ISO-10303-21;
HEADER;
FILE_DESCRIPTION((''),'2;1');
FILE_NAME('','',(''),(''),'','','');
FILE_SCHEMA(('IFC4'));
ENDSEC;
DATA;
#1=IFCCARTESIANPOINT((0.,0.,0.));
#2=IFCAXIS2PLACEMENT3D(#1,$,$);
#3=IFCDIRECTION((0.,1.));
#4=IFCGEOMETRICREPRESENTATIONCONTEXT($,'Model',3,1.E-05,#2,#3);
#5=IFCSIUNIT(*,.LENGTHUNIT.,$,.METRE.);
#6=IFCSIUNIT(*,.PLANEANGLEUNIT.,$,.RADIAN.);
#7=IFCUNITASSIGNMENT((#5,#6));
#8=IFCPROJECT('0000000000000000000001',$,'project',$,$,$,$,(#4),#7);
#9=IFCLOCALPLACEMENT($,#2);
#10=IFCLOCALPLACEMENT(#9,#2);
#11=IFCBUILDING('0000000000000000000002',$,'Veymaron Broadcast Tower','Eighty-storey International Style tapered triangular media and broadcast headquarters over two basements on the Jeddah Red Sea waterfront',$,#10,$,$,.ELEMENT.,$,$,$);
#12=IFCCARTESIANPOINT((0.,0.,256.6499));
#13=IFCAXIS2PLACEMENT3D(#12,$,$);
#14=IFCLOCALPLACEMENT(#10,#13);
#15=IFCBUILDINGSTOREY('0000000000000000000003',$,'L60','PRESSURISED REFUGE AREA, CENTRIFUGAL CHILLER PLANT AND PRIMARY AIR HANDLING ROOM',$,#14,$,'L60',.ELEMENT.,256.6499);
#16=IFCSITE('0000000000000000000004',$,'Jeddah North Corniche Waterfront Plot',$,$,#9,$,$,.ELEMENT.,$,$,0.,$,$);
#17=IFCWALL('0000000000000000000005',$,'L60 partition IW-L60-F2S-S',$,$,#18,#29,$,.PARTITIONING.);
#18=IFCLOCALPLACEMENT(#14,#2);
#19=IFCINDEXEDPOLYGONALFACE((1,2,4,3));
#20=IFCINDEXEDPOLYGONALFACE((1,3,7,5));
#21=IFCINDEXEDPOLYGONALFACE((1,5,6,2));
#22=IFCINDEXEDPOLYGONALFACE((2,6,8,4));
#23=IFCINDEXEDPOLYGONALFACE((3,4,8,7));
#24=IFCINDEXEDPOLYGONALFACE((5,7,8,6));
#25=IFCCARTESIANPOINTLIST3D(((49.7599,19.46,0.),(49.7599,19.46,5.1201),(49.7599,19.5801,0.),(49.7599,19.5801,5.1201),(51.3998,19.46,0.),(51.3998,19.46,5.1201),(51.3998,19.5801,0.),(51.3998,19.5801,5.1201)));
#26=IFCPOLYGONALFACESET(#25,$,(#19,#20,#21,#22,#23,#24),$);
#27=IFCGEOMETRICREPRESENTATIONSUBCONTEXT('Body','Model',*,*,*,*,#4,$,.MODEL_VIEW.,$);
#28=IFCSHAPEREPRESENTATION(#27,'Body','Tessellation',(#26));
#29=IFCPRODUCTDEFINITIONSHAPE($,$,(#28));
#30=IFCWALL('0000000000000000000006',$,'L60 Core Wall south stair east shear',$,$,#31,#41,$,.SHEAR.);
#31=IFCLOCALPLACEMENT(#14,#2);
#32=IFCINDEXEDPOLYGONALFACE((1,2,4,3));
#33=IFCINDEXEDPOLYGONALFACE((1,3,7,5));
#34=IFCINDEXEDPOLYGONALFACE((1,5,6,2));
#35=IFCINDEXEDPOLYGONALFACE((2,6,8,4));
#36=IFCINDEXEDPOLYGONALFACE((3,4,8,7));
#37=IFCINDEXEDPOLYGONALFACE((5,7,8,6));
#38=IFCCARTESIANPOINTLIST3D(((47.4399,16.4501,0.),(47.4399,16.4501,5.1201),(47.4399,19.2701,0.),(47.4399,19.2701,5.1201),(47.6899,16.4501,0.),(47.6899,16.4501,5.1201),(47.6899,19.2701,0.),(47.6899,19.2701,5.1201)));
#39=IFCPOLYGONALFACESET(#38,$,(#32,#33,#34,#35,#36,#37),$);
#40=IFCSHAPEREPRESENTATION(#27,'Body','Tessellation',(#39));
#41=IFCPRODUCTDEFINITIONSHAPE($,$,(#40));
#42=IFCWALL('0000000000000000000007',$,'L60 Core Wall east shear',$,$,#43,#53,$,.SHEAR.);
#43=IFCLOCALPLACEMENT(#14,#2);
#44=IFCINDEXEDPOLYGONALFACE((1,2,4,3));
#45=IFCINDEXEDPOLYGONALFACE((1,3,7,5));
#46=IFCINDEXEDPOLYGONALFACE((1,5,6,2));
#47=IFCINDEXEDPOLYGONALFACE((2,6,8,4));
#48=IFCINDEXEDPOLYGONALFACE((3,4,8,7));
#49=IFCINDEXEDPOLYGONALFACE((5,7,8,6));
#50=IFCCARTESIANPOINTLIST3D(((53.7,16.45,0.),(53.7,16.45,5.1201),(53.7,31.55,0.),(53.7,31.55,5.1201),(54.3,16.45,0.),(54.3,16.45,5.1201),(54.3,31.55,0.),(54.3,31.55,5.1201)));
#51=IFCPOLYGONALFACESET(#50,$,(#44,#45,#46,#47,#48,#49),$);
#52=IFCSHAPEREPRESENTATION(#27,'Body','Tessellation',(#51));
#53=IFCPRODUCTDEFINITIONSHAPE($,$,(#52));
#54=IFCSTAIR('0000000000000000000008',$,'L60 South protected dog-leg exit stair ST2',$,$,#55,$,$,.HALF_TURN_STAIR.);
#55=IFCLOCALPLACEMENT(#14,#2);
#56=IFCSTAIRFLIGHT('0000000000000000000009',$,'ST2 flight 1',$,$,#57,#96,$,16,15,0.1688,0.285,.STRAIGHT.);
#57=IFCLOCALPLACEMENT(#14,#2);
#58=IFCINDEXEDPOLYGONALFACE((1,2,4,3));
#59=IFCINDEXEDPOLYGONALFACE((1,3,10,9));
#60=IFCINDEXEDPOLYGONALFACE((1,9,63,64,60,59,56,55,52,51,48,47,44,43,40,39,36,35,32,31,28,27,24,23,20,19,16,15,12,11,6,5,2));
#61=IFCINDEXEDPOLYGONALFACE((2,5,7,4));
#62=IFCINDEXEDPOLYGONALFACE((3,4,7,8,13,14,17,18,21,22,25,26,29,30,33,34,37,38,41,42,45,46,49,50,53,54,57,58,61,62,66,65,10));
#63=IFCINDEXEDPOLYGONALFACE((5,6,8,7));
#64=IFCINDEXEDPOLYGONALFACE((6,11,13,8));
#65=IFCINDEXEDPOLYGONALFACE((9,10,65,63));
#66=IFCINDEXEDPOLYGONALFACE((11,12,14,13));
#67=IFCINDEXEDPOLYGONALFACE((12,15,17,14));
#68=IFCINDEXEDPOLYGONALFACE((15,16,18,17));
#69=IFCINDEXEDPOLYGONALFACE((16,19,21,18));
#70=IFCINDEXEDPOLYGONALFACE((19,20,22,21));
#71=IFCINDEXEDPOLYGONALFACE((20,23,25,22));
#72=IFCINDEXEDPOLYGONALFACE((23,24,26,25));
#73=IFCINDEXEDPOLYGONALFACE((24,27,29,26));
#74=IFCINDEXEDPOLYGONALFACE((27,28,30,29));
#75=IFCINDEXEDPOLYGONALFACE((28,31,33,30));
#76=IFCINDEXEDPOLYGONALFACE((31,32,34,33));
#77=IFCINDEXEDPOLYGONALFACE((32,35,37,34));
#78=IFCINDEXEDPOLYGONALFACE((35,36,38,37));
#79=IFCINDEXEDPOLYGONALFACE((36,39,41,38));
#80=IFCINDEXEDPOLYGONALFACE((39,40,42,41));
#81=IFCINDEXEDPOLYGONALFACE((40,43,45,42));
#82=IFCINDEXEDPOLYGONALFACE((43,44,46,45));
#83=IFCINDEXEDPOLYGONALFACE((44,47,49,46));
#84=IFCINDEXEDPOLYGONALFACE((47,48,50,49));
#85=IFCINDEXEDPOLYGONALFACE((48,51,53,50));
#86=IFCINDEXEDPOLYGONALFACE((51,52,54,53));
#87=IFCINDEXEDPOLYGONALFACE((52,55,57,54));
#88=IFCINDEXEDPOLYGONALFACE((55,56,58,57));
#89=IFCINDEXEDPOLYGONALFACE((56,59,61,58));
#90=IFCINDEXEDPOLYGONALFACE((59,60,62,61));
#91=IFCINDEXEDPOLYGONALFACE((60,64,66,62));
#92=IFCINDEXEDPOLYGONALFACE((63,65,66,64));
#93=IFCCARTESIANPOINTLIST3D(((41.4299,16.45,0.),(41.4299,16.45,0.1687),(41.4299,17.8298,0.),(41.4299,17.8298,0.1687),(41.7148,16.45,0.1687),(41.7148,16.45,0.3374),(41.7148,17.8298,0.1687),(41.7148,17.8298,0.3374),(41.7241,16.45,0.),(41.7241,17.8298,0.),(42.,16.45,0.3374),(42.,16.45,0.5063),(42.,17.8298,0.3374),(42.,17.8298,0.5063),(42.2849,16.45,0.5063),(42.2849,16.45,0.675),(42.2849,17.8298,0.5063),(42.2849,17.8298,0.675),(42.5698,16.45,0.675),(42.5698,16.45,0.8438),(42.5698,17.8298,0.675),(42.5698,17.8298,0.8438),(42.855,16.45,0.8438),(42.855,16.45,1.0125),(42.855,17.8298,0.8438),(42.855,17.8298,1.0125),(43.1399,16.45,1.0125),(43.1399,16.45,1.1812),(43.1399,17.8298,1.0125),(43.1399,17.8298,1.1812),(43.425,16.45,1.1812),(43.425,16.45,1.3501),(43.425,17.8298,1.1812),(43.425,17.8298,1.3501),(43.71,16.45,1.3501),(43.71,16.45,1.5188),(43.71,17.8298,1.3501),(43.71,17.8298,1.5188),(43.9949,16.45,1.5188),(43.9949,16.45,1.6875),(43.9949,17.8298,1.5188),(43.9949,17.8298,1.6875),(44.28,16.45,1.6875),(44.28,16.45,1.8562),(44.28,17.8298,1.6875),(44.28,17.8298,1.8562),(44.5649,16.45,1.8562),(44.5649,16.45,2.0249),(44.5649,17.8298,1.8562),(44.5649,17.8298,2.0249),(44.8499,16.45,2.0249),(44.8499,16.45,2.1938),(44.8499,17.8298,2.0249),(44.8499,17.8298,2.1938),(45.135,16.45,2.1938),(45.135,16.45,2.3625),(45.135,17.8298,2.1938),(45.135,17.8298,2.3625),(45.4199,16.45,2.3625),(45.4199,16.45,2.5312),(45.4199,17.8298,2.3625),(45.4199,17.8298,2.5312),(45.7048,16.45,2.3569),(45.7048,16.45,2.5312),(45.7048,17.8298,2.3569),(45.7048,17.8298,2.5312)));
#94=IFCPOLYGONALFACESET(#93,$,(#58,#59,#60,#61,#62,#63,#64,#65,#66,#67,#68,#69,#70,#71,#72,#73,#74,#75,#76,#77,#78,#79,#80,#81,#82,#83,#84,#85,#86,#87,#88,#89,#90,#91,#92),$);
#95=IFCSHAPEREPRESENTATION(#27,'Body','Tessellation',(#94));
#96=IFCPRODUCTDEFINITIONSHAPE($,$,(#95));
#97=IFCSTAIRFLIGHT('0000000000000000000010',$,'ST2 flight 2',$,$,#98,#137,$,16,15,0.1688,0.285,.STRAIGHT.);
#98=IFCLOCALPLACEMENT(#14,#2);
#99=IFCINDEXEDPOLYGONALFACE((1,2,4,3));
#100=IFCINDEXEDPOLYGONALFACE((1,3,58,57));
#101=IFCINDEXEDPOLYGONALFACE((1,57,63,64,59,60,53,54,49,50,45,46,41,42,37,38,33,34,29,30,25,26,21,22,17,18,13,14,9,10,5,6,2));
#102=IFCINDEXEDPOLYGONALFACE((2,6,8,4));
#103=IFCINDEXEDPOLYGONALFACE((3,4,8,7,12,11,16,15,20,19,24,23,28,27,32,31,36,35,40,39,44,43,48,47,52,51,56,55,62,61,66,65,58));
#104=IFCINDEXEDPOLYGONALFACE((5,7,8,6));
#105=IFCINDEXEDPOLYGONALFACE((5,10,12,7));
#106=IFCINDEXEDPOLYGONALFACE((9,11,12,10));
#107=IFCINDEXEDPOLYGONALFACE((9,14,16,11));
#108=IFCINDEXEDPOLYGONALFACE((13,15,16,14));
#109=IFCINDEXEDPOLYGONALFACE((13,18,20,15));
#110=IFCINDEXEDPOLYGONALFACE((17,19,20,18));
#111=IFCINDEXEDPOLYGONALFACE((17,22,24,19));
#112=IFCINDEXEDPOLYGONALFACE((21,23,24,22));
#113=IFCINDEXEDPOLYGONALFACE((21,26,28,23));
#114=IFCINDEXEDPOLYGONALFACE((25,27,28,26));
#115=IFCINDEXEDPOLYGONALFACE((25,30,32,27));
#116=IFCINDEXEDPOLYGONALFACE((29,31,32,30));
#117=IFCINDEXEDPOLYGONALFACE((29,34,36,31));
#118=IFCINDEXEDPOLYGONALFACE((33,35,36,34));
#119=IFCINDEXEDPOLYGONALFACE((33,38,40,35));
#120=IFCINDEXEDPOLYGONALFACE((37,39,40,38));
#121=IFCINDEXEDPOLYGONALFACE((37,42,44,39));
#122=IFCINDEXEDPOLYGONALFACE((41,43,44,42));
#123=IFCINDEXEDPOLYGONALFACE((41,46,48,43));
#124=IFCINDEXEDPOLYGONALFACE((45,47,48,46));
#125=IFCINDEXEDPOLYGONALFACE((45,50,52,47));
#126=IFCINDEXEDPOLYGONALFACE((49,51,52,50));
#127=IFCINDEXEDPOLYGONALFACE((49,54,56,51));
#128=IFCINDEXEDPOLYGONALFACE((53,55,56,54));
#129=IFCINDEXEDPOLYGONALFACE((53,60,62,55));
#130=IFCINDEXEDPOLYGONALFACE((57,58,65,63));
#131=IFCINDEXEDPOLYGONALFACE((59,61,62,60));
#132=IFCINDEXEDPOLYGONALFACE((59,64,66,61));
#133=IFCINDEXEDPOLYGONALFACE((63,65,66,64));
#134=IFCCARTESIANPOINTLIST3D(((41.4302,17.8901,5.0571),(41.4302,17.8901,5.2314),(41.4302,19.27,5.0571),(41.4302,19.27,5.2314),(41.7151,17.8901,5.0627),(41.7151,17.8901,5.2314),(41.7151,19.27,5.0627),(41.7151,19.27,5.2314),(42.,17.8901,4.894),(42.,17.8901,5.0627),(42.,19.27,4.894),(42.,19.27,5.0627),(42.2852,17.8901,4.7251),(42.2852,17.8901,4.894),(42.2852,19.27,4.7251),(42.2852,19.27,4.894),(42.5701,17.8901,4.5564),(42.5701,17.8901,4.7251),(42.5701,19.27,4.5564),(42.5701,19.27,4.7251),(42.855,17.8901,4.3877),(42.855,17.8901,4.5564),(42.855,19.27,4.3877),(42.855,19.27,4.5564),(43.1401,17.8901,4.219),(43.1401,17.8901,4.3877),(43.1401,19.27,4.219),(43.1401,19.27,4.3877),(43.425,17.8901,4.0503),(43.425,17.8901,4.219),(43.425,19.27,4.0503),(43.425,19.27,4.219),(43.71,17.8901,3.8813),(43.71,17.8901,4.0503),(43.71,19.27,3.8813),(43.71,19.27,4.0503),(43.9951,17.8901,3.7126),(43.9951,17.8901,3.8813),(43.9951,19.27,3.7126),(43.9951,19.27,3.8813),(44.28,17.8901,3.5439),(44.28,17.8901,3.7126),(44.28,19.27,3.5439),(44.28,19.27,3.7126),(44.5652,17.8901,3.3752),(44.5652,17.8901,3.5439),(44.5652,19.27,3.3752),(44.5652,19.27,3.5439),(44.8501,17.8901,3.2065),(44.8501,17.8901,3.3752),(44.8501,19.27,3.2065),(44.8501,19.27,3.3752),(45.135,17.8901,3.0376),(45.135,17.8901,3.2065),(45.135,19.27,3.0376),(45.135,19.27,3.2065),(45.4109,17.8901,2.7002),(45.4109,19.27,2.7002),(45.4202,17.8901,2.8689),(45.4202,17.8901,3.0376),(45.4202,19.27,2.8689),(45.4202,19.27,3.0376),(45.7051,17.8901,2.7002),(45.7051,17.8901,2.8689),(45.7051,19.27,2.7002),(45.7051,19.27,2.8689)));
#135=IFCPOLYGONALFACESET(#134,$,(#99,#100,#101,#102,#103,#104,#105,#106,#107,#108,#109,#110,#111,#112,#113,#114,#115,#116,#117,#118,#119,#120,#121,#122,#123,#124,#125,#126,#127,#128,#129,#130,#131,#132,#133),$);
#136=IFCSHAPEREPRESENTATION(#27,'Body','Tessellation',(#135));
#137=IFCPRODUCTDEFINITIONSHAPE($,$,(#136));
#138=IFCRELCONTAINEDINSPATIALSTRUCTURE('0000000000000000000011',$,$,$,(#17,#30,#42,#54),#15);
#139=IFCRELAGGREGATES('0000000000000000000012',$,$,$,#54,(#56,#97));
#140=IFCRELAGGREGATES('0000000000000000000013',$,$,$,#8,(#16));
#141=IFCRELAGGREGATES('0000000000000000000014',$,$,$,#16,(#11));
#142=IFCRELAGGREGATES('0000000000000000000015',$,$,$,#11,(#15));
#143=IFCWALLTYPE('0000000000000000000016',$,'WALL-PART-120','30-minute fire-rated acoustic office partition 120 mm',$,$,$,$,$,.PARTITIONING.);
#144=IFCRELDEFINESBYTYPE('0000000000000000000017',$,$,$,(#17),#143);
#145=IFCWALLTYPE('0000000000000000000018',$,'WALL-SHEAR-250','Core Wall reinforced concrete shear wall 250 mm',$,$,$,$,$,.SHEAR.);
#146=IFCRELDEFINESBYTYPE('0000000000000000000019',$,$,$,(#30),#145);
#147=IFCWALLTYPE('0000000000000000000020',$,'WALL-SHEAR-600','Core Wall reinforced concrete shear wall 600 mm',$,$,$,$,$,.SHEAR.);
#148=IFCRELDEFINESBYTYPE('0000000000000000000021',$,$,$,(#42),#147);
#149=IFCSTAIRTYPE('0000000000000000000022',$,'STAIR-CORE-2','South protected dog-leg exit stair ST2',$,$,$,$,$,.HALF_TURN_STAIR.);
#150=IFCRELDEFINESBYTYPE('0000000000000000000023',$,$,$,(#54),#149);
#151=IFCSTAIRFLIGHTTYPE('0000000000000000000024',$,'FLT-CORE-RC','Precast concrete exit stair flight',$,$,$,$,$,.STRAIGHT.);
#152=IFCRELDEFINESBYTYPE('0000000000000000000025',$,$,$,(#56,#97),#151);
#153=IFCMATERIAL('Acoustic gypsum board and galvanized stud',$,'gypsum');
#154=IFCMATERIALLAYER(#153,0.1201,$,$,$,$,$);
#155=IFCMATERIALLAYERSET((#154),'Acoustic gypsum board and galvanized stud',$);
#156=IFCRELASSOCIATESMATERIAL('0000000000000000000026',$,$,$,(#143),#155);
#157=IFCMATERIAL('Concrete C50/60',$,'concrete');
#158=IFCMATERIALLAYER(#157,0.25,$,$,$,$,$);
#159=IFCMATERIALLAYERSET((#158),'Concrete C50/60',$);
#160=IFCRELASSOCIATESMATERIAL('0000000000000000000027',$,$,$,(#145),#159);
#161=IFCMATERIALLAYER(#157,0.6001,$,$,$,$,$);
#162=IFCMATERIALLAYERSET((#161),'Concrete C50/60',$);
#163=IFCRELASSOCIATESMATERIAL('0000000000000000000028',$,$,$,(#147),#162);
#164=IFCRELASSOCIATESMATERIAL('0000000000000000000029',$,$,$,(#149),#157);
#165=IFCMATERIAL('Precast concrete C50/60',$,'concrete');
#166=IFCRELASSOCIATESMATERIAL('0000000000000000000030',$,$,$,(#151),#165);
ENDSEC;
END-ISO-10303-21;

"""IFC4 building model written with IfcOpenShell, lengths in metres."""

from ifc_helpers import new_model, si_unit, direction, frame, frame_2d, origin, place, context, subcontext, project, spatial, polyline, rectangle, outline, extrude, material, layer, layer_set, type_object, element, aggregate, save


model = new_model("IFC4")

# Units and contexts
model_context = context("Model", 3, precision=1e-05, world=origin(), true_north=direction((0.0, 1.0)))
body_context = subcontext(model_context, "Body", "Model", "MODEL_VIEW")
ifc_project = project(units=[si_unit("LENGTHUNIT", "METRE"), si_unit("PLANEANGLEUNIT", "RADIAN")], contexts=[model_context])

# Site, building, storey
site_placement = place(None, origin())
site = spatial("IfcSite", under=ifc_project, at=site_placement, Name="Jeddah North Corniche Waterfront Plot", CompositionType="ELEMENT", RefElevation=0.0)
building_placement = place(site_placement, origin())
building = spatial("IfcBuilding", under=site, at=building_placement, Name="Veymaron Broadcast Tower", Description="Eighty-storey International Style tapered triangular media and broadcast headquarters over two basements on the Jeddah Red Sea waterfront", CompositionType="ELEMENT")
storey_placement = place(building_placement, frame((0.0, 0.0, 256.6499)))
storey = spatial("IfcBuildingStorey", under=building, at=storey_placement, Name="L60", Description="PRESSURISED REFUGE AREA, CENTRIFUGAL CHILLER PLANT AND PRIMARY AIR HANDLING ROOM", LongName="L60", CompositionType="ELEMENT", Elevation=256.6499)

# Shared definitions
ifc_material_1 = material(Name="Acoustic gypsum board and galvanized stud", Category="gypsum")
ifc_layer_1 = layer(ifc_material_1, 0.1201)
ifc_layer_set_1 = layer_set([ifc_layer_1], Name="Acoustic gypsum board and galvanized stud")
wall_type_1 = type_object("IfcWallType", Name="WALL-PART-120", Description="30-minute fire-rated acoustic office partition 120 mm", PredefinedType="PARTITIONING", material=ifc_layer_set_1)

# Walls
wall_1_placement = place(storey_placement, frame((49.76, 19.52, 0.0), z_axis=(0.0, 0.0, 1.0), x_axis=(1.0, 0.0, 0.0)))
element("IfcWall", 1, at=wall_1_placement, inside=storey, type_object=wall_type_1, Name="L60 partition IW-L60-F2S-S", PredefinedType="PARTITIONING", context=body_context, shape_type="SweptSolid", body=[
    extrude(rectangle(XDim=1.6399, YDim=0.1201, at=frame_2d((0.8198, 0.0))), origin(), (0.0, 0.0, 1.0), 5.1201),
])
ifc_material_2 = material(Name="Concrete C50/60", Category="concrete")
ifc_layer_2 = layer(ifc_material_2, 0.25)
ifc_layer_set_2 = layer_set([ifc_layer_2], Name="Concrete C50/60")
wall_type_2 = type_object("IfcWallType", Name="WALL-SHEAR-250", Description="Core Wall reinforced concrete shear wall 250 mm", PredefinedType="SHEAR", material=ifc_layer_set_2)
wall_2_placement = place(storey_placement, frame((47.5649, 16.45, 0.0), z_axis=(0.0, 0.0, 1.0), x_axis=(0.0, 1.0, 0.0)))
element("IfcWall", 2, at=wall_2_placement, inside=storey, type_object=wall_type_2, Name="L60 Core Wall south stair east shear", PredefinedType="SHEAR", context=body_context, shape_type="SweptSolid", body=[
    extrude(rectangle(XDim=2.8201, YDim=0.25, at=frame_2d((1.4102, 0.0))), origin(), (0.0, 0.0, 1.0), 5.1201),
])
ifc_layer_3 = layer(ifc_material_2, 0.6001)
ifc_layer_set_3 = layer_set([ifc_layer_3], Name="Concrete C50/60")
wall_type_3 = type_object("IfcWallType", Name="WALL-SHEAR-600", Description="Core Wall reinforced concrete shear wall 600 mm", PredefinedType="SHEAR", material=ifc_layer_set_3)
wall_3_placement = place(storey_placement, frame((54.0, 16.45, 0.0), z_axis=(0.0, 0.0, 1.0), x_axis=(0.0, 1.0, 0.0)))
element("IfcWall", 3, at=wall_3_placement, inside=storey, type_object=wall_type_3, Name="L60 Core Wall east shear", PredefinedType="SHEAR", context=body_context, shape_type="SweptSolid", body=[
    extrude(rectangle(XDim=15.1001, YDim=0.6001, at=frame_2d((7.55, 0.0))), origin(), (0.0, 0.0, 1.0), 5.1201),
])

# Stair, stair flights
stair_type = type_object("IfcStairType", Name="STAIR-CORE-2", Description="South protected dog-leg exit stair ST2", PredefinedType="HALF_TURN_STAIR", material=ifc_material_2)
stair_placement = place(storey_placement, origin())
stair = element("IfcStair", 4, at=stair_placement, inside=storey, type_object=stair_type, Name="L60 South protected dog-leg exit stair ST2", PredefinedType="HALF_TURN_STAIR")
ifc_material_3 = material(Name="Precast concrete C50/60", Category="concrete")
stair_flight_type = type_object("IfcStairFlightType", Name="FLT-CORE-RC", Description="Precast concrete exit stair flight", PredefinedType="STRAIGHT", material=ifc_material_3)
stair_flight_1_placement = place(storey_placement, frame((41.4299, 17.1399, 0.0), z_axis=(0.0, 0.0, 1.0), x_axis=(1.0, 0.0, 0.0)))
stair_flight_1 = element("IfcStairFlight", 5, at=stair_flight_1_placement, type_object=stair_flight_type, Name="ST2 flight 1", NumberOfRisers=16, NumberOfTreads=15, PredefinedType="STRAIGHT", RiserHeight=0.1688, TreadLength=0.285, context=body_context, shape_type="SweptSolid", body=[
    extrude(outline(polyline([(0.0, 0.0), (0.0, 0.1687), (0.2849, 0.1687), (0.2849, 0.3374), (0.5701, 0.3374), (0.5701, 0.5063), (0.855, 0.5063), (0.855, 0.675), (1.1399, 0.675), (1.1399, 0.8438), (1.425, 0.8438), (1.425, 1.0125), (1.71, 1.0125), (1.71, 1.1812), (1.9951, 1.1812), (1.9951, 1.3501), (2.28, 1.3501), (2.28, 1.5188), (2.5649, 1.5188), (2.5649, 1.6875), (2.8501, 1.6875), (2.8501, 1.8562), (3.135, 1.8562), (3.135, 2.0249), (3.4199, 2.0249), (3.4199, 2.1938), (3.7051, 2.1938), (3.7051, 2.3625), (3.99, 2.3625), (3.99, 2.5312), (4.2749, 2.5312), (4.2749, 2.7), (4.2749, 2.3569), (0.2942, 0.0), (0.0, 0.0)])), frame((0.0, 0.6899, 0.0), z_axis=(0.0, -1.0, 0.0), x_axis=(1.0, 0.0, 0.0)), (0.0, 0.0, 1.0), 1.3799),
])
stair_flight_2_placement = place(storey_placement, frame((45.7051, 18.5801, 2.7002), z_axis=(0.0, 0.0, 1.0), x_axis=(-1.0, 0.0, 0.0)))
stair_flight_2 = element("IfcStairFlight", 6, at=stair_flight_2_placement, type_object=stair_flight_type, Name="ST2 flight 2", NumberOfRisers=16, NumberOfTreads=15, PredefinedType="STRAIGHT", RiserHeight=0.1688, TreadLength=0.285, context=body_context, shape_type="SweptSolid", body=[
    extrude(outline(polyline([(0.0, 0.0), (0.0, 0.1687), (0.2849, 0.1687), (0.2849, 0.3374), (0.5701, 0.3374), (0.5701, 0.5063), (0.855, 0.5063), (0.855, 0.675), (1.1399, 0.675), (1.1399, 0.8438), (1.425, 0.8438), (1.425, 1.0125), (1.71, 1.0125), (1.71, 1.1812), (1.9951, 1.1812), (1.9951, 1.3501), (2.28, 1.3501), (2.28, 1.5188), (2.5649, 1.5188), (2.5649, 1.6875), (2.8501, 1.6875), (2.8501, 1.8562), (3.135, 1.8562), (3.135, 2.0249), (3.4199, 2.0249), (3.4199, 2.1938), (3.7051, 2.1938), (3.7051, 2.3625), (3.99, 2.3625), (3.99, 2.5312), (4.2749, 2.5312), (4.2749, 2.7), (4.2749, 2.3569), (0.2942, 0.0), (0.0, 0.0)])), frame((0.0, 0.6899, 0.0), z_axis=(0.0, -1.0, 0.0), x_axis=(1.0, 0.0, 0.0)), (0.0, 0.0, 1.0), 1.3799),
])
aggregate(stair, [stair_flight_1, stair_flight_2])

save(model, "model.ifc")
